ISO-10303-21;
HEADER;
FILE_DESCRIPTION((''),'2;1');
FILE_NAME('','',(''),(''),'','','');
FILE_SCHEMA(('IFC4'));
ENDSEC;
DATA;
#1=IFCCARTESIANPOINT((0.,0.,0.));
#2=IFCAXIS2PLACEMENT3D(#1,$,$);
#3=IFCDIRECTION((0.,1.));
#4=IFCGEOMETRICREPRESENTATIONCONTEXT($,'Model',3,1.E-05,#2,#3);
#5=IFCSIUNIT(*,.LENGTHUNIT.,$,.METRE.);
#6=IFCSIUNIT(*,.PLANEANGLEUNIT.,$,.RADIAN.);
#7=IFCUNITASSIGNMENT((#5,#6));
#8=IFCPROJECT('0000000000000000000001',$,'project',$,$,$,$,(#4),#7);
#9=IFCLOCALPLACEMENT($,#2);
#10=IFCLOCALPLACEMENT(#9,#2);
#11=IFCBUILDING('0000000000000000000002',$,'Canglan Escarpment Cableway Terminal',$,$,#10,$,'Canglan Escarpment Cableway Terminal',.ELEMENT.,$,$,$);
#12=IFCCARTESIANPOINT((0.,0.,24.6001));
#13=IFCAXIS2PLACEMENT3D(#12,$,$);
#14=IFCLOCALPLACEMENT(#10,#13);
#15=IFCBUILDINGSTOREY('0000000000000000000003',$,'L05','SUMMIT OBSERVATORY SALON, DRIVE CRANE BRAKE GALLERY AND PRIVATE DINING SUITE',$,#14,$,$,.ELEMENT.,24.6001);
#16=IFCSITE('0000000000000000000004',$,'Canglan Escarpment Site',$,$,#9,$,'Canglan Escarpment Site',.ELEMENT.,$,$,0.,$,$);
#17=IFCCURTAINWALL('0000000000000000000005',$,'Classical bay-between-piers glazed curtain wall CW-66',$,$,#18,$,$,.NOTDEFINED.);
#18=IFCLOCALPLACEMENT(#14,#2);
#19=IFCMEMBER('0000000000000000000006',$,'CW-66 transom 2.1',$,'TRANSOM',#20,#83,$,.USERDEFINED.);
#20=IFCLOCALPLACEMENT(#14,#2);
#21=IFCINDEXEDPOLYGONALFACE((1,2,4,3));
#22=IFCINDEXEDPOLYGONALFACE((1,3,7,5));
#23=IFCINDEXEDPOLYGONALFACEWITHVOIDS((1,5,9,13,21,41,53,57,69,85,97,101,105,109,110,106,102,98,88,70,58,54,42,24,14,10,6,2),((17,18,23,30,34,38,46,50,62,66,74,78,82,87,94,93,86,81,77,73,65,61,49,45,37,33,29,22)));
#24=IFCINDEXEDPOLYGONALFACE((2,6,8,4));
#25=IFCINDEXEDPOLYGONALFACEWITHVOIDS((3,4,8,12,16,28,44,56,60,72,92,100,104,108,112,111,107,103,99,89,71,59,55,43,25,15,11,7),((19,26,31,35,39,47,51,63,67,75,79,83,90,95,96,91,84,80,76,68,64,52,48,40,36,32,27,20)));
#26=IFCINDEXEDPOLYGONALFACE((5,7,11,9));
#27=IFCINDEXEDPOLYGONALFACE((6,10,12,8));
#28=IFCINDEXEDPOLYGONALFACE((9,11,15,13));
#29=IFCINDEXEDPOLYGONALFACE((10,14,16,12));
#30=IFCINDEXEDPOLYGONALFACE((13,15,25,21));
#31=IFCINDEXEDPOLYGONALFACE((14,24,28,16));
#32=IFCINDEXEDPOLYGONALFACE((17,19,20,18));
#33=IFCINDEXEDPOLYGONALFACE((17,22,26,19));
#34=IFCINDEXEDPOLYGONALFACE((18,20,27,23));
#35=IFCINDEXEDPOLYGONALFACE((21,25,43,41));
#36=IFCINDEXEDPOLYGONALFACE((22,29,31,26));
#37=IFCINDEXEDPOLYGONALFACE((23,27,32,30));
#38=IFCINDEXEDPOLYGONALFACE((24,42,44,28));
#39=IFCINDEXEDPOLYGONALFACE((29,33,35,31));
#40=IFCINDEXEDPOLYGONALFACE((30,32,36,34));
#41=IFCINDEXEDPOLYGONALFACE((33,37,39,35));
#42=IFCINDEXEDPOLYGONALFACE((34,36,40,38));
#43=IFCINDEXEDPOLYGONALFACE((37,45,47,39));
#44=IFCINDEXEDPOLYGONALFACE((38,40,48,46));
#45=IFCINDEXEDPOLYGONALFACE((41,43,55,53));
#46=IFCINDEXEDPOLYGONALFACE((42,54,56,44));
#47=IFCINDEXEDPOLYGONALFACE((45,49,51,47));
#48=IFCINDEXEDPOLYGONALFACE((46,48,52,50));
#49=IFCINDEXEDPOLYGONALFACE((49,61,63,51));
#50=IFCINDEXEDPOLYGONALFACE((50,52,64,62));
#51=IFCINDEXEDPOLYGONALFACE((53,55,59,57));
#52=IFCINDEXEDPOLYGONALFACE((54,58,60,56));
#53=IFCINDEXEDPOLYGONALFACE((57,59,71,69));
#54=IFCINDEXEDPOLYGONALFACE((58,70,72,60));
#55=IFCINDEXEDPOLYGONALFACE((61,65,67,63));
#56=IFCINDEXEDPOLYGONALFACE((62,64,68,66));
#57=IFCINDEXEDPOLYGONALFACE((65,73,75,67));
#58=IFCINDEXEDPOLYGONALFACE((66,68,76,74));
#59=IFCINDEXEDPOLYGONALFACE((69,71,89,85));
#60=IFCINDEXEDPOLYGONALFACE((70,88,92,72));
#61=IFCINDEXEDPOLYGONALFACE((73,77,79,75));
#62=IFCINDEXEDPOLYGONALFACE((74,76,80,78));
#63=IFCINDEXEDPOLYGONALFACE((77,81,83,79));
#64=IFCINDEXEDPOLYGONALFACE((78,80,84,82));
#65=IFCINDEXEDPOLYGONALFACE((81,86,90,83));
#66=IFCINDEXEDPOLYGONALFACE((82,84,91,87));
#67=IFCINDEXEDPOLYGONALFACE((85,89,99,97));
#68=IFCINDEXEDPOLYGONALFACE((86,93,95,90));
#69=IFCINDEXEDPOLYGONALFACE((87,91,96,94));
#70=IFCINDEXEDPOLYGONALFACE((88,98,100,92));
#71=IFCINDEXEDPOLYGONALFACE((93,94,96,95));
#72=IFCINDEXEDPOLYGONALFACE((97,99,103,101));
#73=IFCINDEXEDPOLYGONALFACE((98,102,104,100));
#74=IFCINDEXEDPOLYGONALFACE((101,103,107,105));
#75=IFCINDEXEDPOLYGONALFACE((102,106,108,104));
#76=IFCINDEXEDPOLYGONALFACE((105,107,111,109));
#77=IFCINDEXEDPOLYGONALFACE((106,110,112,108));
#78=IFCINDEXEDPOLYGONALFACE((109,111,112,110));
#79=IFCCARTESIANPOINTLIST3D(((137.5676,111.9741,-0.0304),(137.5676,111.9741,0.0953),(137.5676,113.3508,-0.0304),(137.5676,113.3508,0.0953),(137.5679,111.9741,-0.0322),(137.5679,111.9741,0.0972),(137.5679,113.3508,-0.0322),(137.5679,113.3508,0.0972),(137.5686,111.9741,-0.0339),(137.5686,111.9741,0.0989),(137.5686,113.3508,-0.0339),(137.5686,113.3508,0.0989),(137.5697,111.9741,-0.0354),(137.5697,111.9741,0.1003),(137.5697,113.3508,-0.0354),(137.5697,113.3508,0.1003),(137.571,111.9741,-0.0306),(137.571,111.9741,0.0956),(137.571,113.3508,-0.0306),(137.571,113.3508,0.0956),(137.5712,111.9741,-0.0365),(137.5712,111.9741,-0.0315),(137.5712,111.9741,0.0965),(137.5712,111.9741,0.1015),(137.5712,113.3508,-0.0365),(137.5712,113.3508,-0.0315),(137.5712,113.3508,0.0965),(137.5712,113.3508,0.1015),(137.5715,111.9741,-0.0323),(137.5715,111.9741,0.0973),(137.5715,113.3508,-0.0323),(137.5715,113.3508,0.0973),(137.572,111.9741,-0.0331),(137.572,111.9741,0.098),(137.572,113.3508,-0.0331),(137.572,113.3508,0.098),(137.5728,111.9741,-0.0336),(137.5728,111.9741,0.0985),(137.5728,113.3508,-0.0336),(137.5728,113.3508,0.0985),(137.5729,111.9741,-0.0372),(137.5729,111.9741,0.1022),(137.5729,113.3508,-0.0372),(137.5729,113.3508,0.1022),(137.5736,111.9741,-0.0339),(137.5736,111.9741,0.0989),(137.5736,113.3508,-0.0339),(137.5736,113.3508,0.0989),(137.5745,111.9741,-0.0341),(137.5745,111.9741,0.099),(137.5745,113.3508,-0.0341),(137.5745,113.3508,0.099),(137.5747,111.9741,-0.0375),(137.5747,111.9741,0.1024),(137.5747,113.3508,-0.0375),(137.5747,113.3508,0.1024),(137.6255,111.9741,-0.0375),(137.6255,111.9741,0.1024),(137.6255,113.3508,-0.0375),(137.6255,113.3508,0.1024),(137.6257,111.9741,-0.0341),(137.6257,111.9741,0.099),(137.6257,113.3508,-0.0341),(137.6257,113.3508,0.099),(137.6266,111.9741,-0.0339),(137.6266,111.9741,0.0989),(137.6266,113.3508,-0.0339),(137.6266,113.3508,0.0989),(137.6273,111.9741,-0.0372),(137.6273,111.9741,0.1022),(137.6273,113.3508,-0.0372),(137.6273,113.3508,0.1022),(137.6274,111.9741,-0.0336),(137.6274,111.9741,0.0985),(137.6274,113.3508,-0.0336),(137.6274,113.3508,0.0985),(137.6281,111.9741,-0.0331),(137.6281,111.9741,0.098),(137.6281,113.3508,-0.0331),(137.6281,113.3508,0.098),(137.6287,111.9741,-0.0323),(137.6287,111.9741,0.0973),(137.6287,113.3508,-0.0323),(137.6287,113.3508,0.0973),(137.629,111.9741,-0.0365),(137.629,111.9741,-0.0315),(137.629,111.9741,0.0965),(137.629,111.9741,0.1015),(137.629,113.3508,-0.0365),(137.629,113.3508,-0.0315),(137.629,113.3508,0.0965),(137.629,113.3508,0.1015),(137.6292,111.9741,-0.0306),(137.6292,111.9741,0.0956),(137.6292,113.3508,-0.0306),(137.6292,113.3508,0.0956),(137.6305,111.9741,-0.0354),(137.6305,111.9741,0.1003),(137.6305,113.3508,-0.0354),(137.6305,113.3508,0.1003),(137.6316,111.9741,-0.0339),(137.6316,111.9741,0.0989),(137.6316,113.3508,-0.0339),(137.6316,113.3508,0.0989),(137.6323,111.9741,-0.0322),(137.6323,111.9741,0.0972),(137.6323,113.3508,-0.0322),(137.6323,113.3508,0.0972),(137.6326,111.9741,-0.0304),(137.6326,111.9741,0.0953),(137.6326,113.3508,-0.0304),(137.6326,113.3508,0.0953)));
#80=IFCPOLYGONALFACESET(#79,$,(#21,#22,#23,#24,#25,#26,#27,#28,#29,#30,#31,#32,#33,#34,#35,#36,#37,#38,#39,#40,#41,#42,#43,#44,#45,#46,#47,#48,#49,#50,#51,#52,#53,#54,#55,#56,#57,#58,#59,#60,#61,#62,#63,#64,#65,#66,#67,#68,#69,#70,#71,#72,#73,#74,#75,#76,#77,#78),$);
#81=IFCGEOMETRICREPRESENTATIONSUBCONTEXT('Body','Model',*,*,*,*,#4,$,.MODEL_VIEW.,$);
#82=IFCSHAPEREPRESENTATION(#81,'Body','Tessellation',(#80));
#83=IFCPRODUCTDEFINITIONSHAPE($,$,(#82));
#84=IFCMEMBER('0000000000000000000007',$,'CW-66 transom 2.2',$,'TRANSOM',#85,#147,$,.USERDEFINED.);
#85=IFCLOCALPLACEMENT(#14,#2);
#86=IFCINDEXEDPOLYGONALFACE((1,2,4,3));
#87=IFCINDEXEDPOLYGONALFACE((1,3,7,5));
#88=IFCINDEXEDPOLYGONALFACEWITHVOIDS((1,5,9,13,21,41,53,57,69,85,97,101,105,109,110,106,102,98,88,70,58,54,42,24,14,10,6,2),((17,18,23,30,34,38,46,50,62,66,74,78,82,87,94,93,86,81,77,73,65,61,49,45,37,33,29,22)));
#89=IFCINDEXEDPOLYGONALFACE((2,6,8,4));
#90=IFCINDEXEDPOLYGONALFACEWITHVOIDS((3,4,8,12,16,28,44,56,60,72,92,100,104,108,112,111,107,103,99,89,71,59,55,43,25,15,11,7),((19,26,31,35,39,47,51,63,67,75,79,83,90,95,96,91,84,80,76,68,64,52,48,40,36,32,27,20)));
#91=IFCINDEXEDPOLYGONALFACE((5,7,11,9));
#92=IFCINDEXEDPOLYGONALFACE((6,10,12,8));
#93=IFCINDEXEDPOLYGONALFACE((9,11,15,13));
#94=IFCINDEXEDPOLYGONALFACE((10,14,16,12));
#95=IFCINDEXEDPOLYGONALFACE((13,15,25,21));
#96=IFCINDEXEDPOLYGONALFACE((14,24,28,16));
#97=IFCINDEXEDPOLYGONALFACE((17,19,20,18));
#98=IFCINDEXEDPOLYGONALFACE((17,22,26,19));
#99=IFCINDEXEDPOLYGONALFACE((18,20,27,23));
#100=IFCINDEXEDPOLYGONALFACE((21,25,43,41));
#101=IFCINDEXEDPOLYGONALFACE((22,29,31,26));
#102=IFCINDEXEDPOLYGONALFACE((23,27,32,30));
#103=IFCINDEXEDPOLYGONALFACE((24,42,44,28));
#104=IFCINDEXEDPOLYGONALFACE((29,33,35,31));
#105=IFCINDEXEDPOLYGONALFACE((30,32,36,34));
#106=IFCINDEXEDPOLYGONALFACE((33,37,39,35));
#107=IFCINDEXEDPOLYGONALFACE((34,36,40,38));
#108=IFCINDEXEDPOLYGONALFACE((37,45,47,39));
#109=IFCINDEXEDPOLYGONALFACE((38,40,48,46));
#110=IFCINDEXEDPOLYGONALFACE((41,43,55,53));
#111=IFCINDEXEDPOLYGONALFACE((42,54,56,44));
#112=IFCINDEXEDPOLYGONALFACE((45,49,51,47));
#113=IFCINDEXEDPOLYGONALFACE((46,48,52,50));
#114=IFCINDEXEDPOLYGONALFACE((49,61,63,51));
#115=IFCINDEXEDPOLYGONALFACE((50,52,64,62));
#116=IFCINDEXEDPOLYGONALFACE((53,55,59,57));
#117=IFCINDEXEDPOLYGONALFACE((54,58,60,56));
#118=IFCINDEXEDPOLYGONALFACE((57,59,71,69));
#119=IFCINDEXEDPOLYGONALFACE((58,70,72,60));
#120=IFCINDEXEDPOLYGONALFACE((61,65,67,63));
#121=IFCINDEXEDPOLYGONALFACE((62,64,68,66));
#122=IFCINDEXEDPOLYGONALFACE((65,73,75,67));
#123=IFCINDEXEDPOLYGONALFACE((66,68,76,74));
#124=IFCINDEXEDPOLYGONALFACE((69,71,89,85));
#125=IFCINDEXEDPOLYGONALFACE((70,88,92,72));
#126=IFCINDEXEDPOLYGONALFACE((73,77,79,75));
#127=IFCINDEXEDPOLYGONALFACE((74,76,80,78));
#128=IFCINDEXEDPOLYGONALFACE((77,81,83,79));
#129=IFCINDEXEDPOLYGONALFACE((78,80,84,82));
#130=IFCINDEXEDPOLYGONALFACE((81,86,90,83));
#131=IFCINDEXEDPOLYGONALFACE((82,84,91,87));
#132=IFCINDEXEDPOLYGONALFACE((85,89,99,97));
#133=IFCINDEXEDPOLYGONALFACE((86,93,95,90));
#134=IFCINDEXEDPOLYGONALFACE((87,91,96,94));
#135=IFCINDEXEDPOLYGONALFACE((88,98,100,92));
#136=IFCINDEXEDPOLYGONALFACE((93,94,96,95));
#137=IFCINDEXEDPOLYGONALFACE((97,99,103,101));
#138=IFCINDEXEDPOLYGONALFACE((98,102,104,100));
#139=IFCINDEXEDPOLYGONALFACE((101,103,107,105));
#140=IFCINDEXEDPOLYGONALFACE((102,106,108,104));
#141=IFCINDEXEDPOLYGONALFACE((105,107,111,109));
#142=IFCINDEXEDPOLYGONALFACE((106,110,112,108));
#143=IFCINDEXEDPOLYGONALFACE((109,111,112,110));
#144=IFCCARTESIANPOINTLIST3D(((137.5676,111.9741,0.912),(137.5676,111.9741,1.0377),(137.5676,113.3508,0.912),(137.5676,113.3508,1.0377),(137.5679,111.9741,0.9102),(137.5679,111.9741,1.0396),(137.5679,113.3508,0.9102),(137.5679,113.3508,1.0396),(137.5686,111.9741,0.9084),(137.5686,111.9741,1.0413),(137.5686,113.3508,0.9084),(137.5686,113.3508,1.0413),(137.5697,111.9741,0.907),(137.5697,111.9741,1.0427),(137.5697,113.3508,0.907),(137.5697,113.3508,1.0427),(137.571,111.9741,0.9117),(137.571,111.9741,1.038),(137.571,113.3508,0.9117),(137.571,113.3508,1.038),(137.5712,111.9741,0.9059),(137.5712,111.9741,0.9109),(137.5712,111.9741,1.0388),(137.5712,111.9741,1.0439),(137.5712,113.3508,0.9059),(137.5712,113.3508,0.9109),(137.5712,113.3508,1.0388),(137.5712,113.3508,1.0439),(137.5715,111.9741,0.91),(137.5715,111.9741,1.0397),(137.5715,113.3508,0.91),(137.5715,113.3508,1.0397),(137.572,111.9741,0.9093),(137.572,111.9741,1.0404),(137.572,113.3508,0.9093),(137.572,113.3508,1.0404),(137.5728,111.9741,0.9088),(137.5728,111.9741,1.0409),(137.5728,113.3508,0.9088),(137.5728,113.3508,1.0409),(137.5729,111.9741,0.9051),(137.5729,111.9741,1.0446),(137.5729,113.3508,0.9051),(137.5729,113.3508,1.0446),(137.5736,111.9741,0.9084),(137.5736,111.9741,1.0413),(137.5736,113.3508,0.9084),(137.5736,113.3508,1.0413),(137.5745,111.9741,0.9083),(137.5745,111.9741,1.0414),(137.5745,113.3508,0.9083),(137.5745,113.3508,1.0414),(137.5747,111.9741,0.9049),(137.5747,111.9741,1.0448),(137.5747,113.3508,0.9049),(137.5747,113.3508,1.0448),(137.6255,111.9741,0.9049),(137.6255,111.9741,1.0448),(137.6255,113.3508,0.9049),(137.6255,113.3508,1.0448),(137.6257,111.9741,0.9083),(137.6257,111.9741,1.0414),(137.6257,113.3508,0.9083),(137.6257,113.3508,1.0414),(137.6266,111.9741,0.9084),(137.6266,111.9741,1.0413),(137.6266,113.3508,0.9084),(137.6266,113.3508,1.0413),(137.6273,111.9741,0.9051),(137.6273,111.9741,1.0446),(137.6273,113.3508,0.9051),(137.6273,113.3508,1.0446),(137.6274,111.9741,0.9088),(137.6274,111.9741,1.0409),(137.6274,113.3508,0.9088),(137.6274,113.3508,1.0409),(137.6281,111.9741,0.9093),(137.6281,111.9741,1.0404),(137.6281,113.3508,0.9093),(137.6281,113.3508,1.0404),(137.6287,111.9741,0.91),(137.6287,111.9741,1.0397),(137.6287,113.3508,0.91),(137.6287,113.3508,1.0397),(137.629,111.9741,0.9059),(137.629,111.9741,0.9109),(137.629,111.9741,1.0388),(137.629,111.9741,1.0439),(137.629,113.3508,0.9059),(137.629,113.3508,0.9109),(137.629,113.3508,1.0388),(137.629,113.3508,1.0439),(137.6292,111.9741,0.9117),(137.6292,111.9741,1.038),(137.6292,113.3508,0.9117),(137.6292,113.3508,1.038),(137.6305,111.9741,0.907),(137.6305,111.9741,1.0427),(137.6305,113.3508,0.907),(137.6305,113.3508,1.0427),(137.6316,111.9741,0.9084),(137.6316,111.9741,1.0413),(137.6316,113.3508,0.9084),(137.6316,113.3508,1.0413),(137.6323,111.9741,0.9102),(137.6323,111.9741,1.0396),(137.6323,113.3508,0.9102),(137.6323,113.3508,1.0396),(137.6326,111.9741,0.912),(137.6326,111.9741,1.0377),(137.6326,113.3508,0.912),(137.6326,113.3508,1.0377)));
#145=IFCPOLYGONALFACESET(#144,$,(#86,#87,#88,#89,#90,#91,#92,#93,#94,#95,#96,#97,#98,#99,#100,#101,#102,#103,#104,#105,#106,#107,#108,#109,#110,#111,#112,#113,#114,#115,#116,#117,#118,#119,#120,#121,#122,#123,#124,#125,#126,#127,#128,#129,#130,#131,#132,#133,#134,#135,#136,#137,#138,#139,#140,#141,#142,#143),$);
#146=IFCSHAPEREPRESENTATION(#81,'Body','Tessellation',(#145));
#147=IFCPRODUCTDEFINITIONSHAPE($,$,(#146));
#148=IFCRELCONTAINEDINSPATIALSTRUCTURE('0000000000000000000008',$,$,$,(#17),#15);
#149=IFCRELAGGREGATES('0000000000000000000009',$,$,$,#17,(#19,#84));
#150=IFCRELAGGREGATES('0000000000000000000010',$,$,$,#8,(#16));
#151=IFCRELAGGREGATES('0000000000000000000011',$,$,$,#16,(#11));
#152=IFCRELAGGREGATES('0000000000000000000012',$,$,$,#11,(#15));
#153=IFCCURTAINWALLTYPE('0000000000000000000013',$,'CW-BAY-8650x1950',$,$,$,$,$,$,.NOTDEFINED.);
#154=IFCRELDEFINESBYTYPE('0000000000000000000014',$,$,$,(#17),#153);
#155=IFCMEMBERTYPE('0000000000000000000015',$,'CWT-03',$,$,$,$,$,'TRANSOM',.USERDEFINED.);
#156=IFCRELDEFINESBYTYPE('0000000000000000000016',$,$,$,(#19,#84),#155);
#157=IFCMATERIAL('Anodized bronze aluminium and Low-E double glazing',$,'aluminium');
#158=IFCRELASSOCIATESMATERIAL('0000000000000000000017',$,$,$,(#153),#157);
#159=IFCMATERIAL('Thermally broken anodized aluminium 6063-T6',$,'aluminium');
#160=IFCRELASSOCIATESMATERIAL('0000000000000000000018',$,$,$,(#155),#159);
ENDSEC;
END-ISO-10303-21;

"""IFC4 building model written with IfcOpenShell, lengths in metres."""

from ifc_helpers import new_model, si_unit, direction, frame, origin, origin_2d, place, context, subcontext, project, spatial, hollow_rectangle, extrude, material, material_profile, profile_set, type_object, element, aggregate, save


model = new_model("IFC4")

# Units and contexts
model_context = context("Model", 3, precision=1e-05, world=origin(), true_north=direction((0.0, 1.0)))
body_context = subcontext(model_context, "Body", "Model", "MODEL_VIEW")
ifc_project = project(units=[si_unit("LENGTHUNIT", "METRE"), si_unit("PLANEANGLEUNIT", "RADIAN")], contexts=[model_context])

# Site, building, storey
site_placement = place(None, origin())
site = spatial("IfcSite", under=ifc_project, at=site_placement, Name="Canglan Escarpment Site", LongName="Canglan Escarpment Site", CompositionType="ELEMENT", RefElevation=0.0)
building_placement = place(site_placement, origin())
building = spatial("IfcBuilding", under=site, at=building_placement, Name="Canglan Escarpment Cableway Terminal", LongName="Canglan Escarpment Cableway Terminal", CompositionType="ELEMENT")
storey_placement = place(building_placement, frame((0.0, 0.0, 24.6001)))
storey = spatial("IfcBuildingStorey", under=building, at=storey_placement, Name="L05", Description="SUMMIT OBSERVATORY SALON, DRIVE CRANE BRAKE GALLERY AND PRIVATE DINING SUITE", CompositionType="ELEMENT", Elevation=24.6001)

# Curtain wall, members
ifc_material_1 = material(Name="Anodized bronze aluminium and Low-E double glazing", Category="aluminium")
curtain_wall_type = type_object("IfcCurtainWallType", Name="CW-BAY-8650x1950", PredefinedType="NOTDEFINED", material=ifc_material_1)
curtain_wall_placement = place(storey_placement, origin())
curtain_wall = element("IfcCurtainWall", 1, at=curtain_wall_placement, inside=storey, type_object=curtain_wall_type, Name="Classical bay-between-piers glazed curtain wall CW-66", PredefinedType="NOTDEFINED")
ifc_material_2 = material(Name="Thermally broken anodized aluminium 6063-T6", Category="aluminium")
ifc_material_profile_1 = material_profile(ifc_material_2, hollow_rectangle(XDim=0.0649, YDim=0.1399, WallThickness=0.0034, InnerFilletRadius=0.0034, OuterFilletRadius=0.0071, at=origin_2d()), Name="ALU-TRAN 65x140x3.5")
ifc_profile_set_1 = profile_set([ifc_material_profile_1], Name="Thermally broken anodized aluminium 6063-T6")
member_type_1 = type_object("IfcMemberType", Name="CWT-03", ElementType="TRANSOM", PredefinedType="USERDEFINED", material=ifc_profile_set_1)
member_1_placement = place(storey_placement, frame((137.6001, 113.3508, 0.0325), z_axis=(0.0, -1.0, 0.0), x_axis=(1.0, 0.0, 0.0)))
member_1 = element("IfcMember", 2, at=member_1_placement, type_object=member_type_1, Name="CW-66 transom 2.1", ObjectType="TRANSOM", PredefinedType="USERDEFINED", context=body_context, shape_type="SweptSolid", body=[
    extrude(hollow_rectangle(XDim=0.0649, YDim=0.1399, WallThickness=0.0034, InnerFilletRadius=0.0034, OuterFilletRadius=0.0071, at=origin_2d()), origin(), (0.0, 0.0, 1.0), 1.3767),
])
member_2_placement = place(storey_placement, frame((137.6001, 113.3508, 0.9749), z_axis=(0.0, -1.0, 0.0), x_axis=(1.0, 0.0, 0.0)))
member_2 = element("IfcMember", 3, at=member_2_placement, type_object=member_type_1, Name="CW-66 transom 2.2", ObjectType="TRANSOM", PredefinedType="USERDEFINED", context=body_context, shape_type="SweptSolid", body=[
    extrude(hollow_rectangle(XDim=0.0649, YDim=0.1399, WallThickness=0.0034, InnerFilletRadius=0.0034, OuterFilletRadius=0.0071, at=origin_2d()), origin(), (0.0, 0.0, 1.0), 1.3767),
])

aggregate(curtain_wall, [member_1, member_2])

save(model, "model.ifc")
